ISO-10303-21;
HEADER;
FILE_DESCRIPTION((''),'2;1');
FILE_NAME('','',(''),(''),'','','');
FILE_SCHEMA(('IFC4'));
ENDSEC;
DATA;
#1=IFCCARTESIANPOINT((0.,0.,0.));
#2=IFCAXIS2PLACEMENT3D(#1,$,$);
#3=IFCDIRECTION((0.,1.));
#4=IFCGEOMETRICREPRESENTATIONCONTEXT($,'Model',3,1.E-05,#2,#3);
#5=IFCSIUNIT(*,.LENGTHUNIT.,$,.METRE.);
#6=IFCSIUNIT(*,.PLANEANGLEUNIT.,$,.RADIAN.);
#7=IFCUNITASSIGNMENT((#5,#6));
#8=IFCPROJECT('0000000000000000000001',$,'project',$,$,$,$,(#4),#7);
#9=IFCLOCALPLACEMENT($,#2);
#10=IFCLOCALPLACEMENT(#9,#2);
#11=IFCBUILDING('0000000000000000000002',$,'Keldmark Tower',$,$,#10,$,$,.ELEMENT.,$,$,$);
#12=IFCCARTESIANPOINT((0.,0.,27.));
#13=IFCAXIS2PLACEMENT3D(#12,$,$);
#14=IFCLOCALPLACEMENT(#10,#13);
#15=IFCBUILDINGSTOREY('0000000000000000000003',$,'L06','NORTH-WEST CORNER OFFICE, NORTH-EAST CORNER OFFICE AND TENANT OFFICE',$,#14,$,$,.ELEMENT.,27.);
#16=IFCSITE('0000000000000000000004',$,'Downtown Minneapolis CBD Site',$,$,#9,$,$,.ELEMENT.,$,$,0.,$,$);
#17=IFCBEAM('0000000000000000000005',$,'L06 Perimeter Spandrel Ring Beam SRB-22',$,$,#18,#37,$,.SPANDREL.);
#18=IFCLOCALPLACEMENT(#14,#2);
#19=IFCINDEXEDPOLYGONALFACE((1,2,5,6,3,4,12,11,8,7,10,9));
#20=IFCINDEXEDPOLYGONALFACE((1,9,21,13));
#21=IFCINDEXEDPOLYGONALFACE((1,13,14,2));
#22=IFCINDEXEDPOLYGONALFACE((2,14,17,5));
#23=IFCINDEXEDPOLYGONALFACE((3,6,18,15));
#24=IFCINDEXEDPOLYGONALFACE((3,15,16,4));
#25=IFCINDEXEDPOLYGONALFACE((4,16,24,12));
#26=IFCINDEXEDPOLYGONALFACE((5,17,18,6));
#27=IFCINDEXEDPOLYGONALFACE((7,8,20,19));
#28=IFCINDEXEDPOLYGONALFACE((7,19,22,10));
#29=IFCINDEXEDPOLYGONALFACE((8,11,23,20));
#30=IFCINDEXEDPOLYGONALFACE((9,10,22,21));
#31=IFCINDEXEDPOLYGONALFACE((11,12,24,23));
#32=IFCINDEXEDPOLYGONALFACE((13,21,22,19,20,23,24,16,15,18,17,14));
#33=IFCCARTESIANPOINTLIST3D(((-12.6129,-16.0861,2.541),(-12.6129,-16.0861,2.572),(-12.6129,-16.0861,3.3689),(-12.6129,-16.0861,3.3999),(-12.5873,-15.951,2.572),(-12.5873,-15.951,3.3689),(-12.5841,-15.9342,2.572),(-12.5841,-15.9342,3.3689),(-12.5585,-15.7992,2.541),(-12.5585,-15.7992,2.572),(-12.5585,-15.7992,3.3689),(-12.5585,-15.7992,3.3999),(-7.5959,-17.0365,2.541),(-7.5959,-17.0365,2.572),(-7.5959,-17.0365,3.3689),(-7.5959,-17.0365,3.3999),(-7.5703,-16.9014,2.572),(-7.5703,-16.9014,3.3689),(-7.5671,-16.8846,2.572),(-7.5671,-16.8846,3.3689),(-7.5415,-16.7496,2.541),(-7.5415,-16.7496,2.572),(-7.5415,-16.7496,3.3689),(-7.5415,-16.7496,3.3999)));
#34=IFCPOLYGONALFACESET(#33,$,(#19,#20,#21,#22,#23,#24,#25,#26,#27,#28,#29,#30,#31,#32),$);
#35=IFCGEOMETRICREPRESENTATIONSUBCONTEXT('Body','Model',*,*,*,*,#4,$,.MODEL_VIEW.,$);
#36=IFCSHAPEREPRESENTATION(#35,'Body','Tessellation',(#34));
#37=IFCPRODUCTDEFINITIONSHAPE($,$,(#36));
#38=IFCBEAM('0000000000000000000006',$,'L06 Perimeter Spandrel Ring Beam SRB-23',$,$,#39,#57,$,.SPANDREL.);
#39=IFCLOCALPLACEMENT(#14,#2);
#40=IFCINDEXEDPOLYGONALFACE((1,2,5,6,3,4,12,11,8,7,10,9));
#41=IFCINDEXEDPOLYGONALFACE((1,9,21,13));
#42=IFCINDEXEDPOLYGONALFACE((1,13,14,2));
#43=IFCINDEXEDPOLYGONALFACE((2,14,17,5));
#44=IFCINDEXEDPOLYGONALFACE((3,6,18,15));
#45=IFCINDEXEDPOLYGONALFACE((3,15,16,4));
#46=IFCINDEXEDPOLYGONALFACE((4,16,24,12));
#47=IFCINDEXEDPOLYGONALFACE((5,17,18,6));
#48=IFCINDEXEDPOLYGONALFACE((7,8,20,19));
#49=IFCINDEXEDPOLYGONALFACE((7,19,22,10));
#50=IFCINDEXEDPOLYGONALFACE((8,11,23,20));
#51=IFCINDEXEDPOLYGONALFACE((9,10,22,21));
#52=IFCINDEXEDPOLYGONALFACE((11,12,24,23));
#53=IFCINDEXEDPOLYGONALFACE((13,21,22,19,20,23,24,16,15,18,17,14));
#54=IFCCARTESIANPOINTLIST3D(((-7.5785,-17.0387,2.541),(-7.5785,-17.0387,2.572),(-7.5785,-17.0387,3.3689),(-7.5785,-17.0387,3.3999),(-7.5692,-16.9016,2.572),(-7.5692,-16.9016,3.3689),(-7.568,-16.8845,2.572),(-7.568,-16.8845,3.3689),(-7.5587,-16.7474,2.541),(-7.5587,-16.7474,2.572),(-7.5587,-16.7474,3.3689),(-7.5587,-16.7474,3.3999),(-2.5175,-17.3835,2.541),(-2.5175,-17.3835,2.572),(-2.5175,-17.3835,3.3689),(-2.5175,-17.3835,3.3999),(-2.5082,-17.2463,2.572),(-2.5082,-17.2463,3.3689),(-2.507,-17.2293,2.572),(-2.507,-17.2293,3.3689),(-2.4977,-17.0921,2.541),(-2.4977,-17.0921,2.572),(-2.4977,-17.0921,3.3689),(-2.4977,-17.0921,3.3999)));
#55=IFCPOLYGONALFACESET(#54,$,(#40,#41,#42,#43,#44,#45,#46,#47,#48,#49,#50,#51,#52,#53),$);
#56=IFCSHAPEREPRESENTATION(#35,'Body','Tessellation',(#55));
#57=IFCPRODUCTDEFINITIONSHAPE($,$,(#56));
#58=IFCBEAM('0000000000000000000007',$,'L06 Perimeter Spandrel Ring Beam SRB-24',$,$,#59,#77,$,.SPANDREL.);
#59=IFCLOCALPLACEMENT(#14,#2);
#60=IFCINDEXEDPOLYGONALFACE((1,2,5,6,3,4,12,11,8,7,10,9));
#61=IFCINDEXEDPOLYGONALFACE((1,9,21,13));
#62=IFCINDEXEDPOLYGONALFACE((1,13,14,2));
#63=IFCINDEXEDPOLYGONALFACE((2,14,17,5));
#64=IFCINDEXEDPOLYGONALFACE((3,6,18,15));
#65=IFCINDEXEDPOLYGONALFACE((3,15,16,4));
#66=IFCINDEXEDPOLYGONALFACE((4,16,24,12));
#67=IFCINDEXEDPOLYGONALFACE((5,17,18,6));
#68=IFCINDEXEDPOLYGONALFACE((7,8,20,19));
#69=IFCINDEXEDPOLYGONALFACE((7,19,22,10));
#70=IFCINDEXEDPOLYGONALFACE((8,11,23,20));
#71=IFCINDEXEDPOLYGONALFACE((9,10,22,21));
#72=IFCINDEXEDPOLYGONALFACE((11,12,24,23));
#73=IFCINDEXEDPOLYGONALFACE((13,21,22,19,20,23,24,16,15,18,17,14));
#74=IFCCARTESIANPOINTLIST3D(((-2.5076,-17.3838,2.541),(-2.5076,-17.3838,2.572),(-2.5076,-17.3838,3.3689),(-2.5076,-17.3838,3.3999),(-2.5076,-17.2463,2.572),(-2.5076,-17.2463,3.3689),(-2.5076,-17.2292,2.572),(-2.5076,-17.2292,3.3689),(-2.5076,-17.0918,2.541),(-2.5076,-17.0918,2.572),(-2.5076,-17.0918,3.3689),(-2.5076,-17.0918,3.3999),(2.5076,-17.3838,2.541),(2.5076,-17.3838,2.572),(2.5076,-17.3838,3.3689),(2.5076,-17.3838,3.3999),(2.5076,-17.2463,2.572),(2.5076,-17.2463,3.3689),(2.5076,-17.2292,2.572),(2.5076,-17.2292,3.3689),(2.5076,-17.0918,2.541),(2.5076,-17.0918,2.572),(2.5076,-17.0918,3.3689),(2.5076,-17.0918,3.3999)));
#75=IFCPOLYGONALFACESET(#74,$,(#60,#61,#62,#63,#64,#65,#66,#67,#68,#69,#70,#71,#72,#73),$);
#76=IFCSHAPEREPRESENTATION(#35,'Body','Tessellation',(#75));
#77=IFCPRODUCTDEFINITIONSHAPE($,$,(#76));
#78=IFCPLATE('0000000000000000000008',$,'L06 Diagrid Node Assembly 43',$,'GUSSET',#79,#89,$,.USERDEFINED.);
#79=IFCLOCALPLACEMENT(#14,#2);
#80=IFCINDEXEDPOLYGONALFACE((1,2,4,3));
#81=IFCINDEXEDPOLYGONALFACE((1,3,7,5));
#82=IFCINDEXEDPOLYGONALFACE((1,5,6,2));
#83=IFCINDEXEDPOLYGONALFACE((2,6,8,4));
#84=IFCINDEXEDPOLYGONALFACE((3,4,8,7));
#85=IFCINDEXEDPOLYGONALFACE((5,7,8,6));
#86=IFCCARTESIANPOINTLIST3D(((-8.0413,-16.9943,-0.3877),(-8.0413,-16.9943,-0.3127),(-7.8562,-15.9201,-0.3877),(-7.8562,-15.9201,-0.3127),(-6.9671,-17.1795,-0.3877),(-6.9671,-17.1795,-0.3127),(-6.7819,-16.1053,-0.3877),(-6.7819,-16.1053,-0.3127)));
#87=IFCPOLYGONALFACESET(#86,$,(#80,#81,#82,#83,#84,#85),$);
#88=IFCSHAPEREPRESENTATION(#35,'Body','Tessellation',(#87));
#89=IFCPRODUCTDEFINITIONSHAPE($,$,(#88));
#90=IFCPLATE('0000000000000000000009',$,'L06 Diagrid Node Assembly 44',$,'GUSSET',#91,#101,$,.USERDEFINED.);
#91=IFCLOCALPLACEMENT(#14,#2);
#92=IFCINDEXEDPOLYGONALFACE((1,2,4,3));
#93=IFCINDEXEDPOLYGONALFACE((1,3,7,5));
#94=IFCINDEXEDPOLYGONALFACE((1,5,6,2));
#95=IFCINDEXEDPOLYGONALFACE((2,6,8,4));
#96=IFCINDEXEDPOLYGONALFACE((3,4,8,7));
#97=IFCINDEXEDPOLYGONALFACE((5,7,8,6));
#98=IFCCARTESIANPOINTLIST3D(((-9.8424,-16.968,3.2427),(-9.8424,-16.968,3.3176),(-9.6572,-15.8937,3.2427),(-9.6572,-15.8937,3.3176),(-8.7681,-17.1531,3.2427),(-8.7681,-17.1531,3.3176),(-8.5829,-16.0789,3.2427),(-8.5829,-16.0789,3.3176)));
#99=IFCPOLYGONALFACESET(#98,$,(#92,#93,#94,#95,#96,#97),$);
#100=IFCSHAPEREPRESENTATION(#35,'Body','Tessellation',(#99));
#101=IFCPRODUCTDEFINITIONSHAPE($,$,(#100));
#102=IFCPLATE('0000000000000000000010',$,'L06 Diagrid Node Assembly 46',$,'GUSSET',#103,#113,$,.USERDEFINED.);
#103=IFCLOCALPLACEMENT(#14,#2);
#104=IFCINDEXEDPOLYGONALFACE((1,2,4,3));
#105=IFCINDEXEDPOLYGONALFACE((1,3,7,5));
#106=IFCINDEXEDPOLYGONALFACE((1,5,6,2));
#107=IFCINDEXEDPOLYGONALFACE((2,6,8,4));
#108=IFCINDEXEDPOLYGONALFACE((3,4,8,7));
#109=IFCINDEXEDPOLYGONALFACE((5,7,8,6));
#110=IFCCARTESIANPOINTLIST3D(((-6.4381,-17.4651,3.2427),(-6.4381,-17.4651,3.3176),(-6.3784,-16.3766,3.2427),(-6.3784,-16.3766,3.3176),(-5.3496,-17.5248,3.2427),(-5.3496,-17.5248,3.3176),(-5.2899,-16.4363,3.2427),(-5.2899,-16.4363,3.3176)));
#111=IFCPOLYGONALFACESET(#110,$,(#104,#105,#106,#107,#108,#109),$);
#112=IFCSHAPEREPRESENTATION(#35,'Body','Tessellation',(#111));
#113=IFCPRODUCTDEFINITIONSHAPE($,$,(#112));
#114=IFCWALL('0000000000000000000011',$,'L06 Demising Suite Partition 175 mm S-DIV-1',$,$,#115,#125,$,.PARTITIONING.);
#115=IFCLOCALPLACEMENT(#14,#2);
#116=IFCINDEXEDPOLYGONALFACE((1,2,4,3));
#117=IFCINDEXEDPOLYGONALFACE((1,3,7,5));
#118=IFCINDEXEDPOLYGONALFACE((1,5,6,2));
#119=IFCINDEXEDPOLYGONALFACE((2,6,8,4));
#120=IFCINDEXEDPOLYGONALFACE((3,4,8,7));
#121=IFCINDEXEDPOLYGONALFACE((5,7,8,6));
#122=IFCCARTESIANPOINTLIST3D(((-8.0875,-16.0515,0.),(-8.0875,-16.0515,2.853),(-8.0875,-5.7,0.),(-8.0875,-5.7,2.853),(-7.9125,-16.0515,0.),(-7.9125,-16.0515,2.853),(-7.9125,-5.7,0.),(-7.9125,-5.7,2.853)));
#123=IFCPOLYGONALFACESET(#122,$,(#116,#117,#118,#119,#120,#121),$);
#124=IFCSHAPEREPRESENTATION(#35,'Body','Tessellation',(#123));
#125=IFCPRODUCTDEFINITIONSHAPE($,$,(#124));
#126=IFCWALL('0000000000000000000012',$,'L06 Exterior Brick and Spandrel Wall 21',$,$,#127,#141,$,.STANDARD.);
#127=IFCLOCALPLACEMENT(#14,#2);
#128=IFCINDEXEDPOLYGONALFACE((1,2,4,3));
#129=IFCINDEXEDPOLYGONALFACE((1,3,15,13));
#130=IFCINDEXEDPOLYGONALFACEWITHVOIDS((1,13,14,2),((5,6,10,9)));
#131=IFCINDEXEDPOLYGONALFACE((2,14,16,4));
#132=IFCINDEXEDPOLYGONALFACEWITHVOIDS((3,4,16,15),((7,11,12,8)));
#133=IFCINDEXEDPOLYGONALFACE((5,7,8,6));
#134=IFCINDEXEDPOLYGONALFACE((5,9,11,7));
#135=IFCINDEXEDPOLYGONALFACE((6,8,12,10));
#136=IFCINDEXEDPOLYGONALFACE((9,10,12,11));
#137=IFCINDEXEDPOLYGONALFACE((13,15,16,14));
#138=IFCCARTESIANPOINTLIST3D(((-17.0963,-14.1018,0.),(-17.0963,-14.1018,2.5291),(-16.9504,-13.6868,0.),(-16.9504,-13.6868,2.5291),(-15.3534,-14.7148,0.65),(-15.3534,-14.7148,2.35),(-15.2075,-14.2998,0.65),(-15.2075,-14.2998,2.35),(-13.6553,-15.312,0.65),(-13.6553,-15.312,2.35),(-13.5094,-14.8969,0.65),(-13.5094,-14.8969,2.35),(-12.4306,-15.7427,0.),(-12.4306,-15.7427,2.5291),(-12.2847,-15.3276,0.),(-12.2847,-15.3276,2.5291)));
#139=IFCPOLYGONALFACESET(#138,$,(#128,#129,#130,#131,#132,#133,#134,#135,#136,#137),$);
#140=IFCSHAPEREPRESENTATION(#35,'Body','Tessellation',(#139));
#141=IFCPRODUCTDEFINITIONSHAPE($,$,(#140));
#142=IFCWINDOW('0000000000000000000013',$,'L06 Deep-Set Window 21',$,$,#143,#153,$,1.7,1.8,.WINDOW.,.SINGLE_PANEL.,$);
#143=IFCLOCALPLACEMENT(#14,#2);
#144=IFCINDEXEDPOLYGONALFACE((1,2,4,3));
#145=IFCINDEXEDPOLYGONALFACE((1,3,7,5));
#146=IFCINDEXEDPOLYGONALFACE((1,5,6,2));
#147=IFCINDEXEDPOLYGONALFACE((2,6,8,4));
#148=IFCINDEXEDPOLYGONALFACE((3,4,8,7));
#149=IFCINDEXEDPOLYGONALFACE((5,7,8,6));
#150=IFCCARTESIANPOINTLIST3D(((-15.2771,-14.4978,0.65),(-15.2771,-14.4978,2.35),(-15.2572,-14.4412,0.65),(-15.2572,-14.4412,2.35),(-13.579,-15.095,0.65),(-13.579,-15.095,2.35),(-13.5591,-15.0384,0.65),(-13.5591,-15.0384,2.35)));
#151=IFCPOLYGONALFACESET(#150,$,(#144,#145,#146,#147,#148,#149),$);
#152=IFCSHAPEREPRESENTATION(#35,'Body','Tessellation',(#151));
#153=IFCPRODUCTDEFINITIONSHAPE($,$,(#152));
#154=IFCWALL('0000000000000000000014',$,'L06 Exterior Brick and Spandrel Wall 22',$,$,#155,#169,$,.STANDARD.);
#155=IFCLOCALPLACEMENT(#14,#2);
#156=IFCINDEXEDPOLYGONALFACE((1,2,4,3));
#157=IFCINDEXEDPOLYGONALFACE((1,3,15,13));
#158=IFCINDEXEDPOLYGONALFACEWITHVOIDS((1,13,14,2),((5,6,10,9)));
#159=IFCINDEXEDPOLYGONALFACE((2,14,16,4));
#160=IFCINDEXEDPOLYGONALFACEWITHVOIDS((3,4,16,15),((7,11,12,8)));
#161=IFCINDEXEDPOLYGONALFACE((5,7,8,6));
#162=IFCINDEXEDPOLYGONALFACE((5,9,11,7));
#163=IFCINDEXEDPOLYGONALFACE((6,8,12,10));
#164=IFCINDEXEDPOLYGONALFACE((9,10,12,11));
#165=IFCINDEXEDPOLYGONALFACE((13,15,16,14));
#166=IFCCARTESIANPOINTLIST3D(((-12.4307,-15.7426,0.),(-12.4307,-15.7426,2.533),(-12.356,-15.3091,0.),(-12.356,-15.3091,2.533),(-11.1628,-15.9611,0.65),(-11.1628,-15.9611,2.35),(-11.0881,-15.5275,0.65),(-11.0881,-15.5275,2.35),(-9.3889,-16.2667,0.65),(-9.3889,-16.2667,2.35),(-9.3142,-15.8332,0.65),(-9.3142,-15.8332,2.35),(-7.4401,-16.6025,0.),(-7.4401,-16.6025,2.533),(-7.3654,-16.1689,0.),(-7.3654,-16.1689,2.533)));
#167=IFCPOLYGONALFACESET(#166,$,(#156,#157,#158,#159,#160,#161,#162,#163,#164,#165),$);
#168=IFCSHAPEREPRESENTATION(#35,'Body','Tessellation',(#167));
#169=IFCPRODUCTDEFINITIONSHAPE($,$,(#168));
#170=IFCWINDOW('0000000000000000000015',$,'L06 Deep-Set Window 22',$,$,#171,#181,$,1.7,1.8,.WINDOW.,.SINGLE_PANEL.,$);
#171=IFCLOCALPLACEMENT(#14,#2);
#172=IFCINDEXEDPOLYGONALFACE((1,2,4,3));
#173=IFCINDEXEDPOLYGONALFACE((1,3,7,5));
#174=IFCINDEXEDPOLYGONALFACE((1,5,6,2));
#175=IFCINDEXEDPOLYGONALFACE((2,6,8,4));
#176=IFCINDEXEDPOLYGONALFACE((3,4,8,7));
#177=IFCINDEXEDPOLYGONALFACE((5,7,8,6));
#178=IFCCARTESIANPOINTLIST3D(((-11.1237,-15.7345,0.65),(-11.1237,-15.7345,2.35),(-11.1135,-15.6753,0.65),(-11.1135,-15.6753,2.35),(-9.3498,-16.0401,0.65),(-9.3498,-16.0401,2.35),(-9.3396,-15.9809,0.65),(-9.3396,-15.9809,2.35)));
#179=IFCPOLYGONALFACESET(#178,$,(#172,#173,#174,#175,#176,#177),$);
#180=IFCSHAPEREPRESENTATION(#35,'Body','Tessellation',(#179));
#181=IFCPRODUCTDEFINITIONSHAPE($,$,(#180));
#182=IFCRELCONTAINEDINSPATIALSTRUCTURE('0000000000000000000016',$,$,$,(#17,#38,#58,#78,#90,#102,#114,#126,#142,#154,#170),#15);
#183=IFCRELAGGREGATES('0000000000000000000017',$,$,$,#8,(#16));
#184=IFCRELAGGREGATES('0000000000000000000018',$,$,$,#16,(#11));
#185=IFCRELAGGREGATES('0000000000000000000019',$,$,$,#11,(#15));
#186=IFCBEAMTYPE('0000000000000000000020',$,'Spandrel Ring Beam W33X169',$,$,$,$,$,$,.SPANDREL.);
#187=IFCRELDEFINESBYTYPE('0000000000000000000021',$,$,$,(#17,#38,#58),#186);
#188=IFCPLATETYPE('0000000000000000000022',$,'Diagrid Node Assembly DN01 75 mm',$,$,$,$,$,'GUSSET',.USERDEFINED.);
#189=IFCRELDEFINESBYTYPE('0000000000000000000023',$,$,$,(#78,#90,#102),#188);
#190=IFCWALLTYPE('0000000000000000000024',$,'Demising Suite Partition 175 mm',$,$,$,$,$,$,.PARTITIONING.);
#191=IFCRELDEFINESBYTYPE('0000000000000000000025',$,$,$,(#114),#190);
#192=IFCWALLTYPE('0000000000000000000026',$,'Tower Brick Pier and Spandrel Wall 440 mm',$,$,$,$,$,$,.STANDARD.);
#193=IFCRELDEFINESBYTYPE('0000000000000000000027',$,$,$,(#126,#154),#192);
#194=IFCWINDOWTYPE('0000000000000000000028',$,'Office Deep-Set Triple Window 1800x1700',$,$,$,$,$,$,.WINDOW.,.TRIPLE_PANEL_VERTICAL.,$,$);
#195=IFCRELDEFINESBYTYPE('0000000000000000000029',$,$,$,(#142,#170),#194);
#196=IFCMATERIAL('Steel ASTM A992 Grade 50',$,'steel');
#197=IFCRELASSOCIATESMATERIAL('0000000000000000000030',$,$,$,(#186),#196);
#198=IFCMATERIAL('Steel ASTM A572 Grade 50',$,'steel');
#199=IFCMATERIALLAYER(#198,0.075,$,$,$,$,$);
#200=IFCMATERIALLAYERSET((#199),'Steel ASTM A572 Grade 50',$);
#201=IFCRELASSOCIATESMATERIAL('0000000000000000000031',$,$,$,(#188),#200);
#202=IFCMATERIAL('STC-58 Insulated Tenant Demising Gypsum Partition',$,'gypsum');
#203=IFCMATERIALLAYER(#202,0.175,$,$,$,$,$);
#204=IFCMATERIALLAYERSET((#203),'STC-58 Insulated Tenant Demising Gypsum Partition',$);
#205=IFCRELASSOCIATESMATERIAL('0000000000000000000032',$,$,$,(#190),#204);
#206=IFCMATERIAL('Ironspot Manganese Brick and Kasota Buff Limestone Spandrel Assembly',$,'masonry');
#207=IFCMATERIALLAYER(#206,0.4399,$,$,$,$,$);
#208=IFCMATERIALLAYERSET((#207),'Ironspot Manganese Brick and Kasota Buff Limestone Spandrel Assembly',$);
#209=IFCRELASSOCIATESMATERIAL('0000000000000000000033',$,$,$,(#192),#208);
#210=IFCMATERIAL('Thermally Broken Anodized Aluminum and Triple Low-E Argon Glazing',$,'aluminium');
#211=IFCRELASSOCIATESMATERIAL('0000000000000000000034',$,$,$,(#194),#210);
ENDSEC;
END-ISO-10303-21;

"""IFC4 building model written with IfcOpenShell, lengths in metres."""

from ifc_helpers import new_model, si_unit, direction, frame, frame_2d, origin, origin_2d, place, context, subcontext, project, spatial, rectangle, i_section, extrude, material, layer, layer_set, material_profile, profile_set, type_object, element, fill, save


model = new_model("IFC4")

# Units and contexts
model_context = context("Model", 3, precision=1e-05, world=origin(), true_north=direction((0.0, 1.0)))
body_context = subcontext(model_context, "Body", "Model", "MODEL_VIEW")
ifc_project = project(units=[si_unit("LENGTHUNIT", "METRE"), si_unit("PLANEANGLEUNIT", "RADIAN")], contexts=[model_context])

# Site, building, storey
site_placement = place(None, origin())
site = spatial("IfcSite", under=ifc_project, at=site_placement, Name="Downtown Minneapolis CBD Site", CompositionType="ELEMENT", RefElevation=0.0)
building_placement = place(site_placement, origin())
building = spatial("IfcBuilding", under=site, at=building_placement, Name="Keldmark Tower", CompositionType="ELEMENT")
storey_placement = place(building_placement, frame((0.0, 0.0, 27.0)))
storey = spatial("IfcBuildingStorey", under=building, at=storey_placement, Name="L06", Description="NORTH-WEST CORNER OFFICE, NORTH-EAST CORNER OFFICE AND TENANT OFFICE", CompositionType="ELEMENT", Elevation=27.0)

# Beams
ifc_material_1 = material(Name="Steel ASTM A992 Grade 50", Category="steel")
ifc_material_profile_1 = material_profile(ifc_material_1, i_section(OverallWidth=0.292, OverallDepth=0.8589, WebThickness=0.0171, FlangeThickness=0.031, at=origin_2d()), Name="W33X169")
ifc_profile_set_1 = profile_set([ifc_material_profile_1], Name="Steel ASTM A992 Grade 50")
beam_type_1 = type_object("IfcBeamType", Name="Spandrel Ring Beam W33X169", PredefinedType="SPANDREL", material=ifc_profile_set_1)
beam_1_placement = place(storey_placement, frame((-12.5857, -15.9426, 2.9705), z_axis=(0.982525, -0.18613, 0.0), x_axis=(0.18613, 0.982525, 0.0)))
element("IfcBeam", 1, at=beam_1_placement, inside=storey, type_object=beam_type_1, Name="L06 Perimeter Spandrel Ring Beam SRB-22", PredefinedType="SPANDREL", context=body_context, shape_type="SweptSolid", body=[
    extrude(i_section(OverallWidth=0.292, OverallDepth=0.8589, WebThickness=0.0171, FlangeThickness=0.031, at=origin_2d()), origin(), (0.0, 0.0, 1.0), 5.1062),
])
beam_2_placement = place(storey_placement, frame((-7.5686, -16.8931, 2.9705), z_axis=(0.997688, -0.067956, 0.0), x_axis=(0.067956, 0.997688, 0.0)))
element("IfcBeam", 2, at=beam_2_placement, inside=storey, type_object=beam_type_1, Name="L06 Perimeter Spandrel Ring Beam SRB-23", PredefinedType="SPANDREL", context=body_context, shape_type="SweptSolid", body=[
    extrude(i_section(OverallWidth=0.292, OverallDepth=0.8589, WebThickness=0.0171, FlangeThickness=0.031, at=origin_2d()), origin(), (0.0, 0.0, 1.0), 5.0728),
])
beam_3_placement = place(storey_placement, frame((-2.5076, -17.2378, 2.9705), z_axis=(1.0, 0.0, 0.0), x_axis=(0.0, 1.0, 0.0)))
element("IfcBeam", 3, at=beam_3_placement, inside=storey, type_object=beam_type_1, Name="L06 Perimeter Spandrel Ring Beam SRB-24", PredefinedType="SPANDREL", context=body_context, shape_type="SweptSolid", body=[
    extrude(i_section(OverallWidth=0.292, OverallDepth=0.8589, WebThickness=0.0171, FlangeThickness=0.031, at=origin_2d()), origin(), (0.0, 0.0, 1.0), 5.0151),
])

# Plates
ifc_material_2 = material(Name="Steel ASTM A572 Grade 50", Category="steel")
ifc_layer_1 = layer(ifc_material_2, 0.075)
ifc_layer_set_1 = layer_set([ifc_layer_1], Name="Steel ASTM A572 Grade 50")
plate_type = type_object("IfcPlateType", Name="Diagrid Node Assembly DN01 75 mm", ElementType="GUSSET", PredefinedType="USERDEFINED", material=ifc_layer_set_1)
for number, where, z_axis, x_axis, name in (
    (4, (-7.4116, -16.5498, -0.3877), (0.0, 0.0, 1.0), (0.985467, -0.169866, 0.0), "L06 Diagrid Node Assembly 43"),
    (5, (-9.2126, -16.5234, 3.2427), (0.0, 0.0, 1.0), (0.985467, -0.169866, 0.0), "L06 Diagrid Node Assembly 44"),
    (6, (-5.864, -16.9507, 3.2427), (0.0, 0.0, 1.0), (0.998499, -0.054776, 0.0), "L06 Diagrid Node Assembly 46"),
):
    element("IfcPlate", number, at=place(storey_placement, frame(where, z_axis=z_axis, x_axis=x_axis)), inside=storey, type_object=plate_type, Name=name, ObjectType="GUSSET", PredefinedType="USERDEFINED", context=body_context, shape_type="SweptSolid", body=[
        extrude(rectangle(XDim=1.0901, YDim=1.0901, at=origin_2d()), origin(), (0.0, 0.0, 1.0), 0.075),
    ])

# Wall
ifc_material_3 = material(Name="STC-58 Insulated Tenant Demising Gypsum Partition", Category="gypsum")
ifc_layer_2 = layer(ifc_material_3, 0.175)
ifc_layer_set_2 = layer_set([ifc_layer_2], Name="STC-58 Insulated Tenant Demising Gypsum Partition")
wall_type_1 = type_object("IfcWallType", Name="Demising Suite Partition 175 mm", PredefinedType="PARTITIONING", material=ifc_layer_set_2)
wall_1_placement = place(storey_placement, frame((-8.0, -16.0515, 0.0), z_axis=(0.0, 0.0, 1.0), x_axis=(0.0, 1.0, 0.0)))
element("IfcWall", 7, at=wall_1_placement, inside=storey, type_object=wall_type_1, Name="L06 Demising Suite Partition 175 mm S-DIV-1", PredefinedType="PARTITIONING", context=body_context, shape_type="SweptSolid", body=[
    extrude(rectangle(XDim=10.3516, YDim=0.175, at=frame_2d((5.1758, 0.0))), origin(), (0.0, 0.0, 1.0), 2.853),
])

# Walls, openings, windows
ifc_material_4 = material(Name="Ironspot Manganese Brick and Kasota Buff Limestone Spandrel Assembly", Category="masonry")
ifc_layer_3 = layer(ifc_material_4, 0.4399)
ifc_layer_set_3 = layer_set([ifc_layer_3], Name="Ironspot Manganese Brick and Kasota Buff Limestone Spandrel Assembly")
wall_type_2 = type_object("IfcWallType", Name="Tower Brick Pier and Spandrel Wall 440 mm", PredefinedType="STANDARD", material=ifc_layer_set_3)
wall_2_placement = place(storey_placement, frame((-12.3577, -15.5352, 0.0), z_axis=(0.0, 0.0, 1.0), x_axis=(-0.943362, 0.331764, 0.0)))
wall_2 = element("IfcWall", 8, at=wall_2_placement, inside=storey, type_object=wall_type_2, Name="L06 Exterior Brick and Spandrel Wall 21", PredefinedType="STANDARD", context=body_context, shape_type="SweptSolid", body=[
    extrude(rectangle(XDim=4.9458, YDim=0.4399, at=frame_2d((2.4729, 0.0))), origin(), (0.0, 0.0, 1.0), 2.5291),
])
opening_1_placement = place(wall_2_placement, frame((1.2983, 0.0, 0.6499)))
opening_1 = element("IfcOpeningElement", 9, at=opening_1_placement, cuts=wall_2, PredefinedType="OPENING", context=body_context, shape_type="SweptSolid", body=[
    extrude(rectangle(XDim=1.8, YDim=1.7, at=frame_2d((0.8999, 0.8501))), frame((0.0, 0.23, 0.0), z_axis=(0.0, -1.0, 0.0), x_axis=(1.0, 0.0, 0.0)), (0.0, 0.0, 1.0), 0.46),
])
ifc_material_5 = material(Name="Thermally Broken Anodized Aluminum and Triple Low-E Argon Glazing", Category="aluminium")
window_type = type_object("IfcWindowType", Name="Office Deep-Set Triple Window 1800x1700", PartitioningType="TRIPLE_PANEL_VERTICAL", PredefinedType="WINDOW", material=ifc_material_5)
window_1_placement = place(opening_1_placement, origin())
window_1 = element("IfcWindow", 10, at=window_1_placement, inside=storey, type_object=window_type, Name="L06 Deep-Set Window 21", OverallHeight=1.7, OverallWidth=1.8, PartitioningType="SINGLE_PANEL", PredefinedType="WINDOW", context=body_context, shape_type="SweptSolid", body=[
    extrude(rectangle(XDim=1.8, YDim=1.7, at=frame_2d((0.8999, 0.8501))), frame((0.0, -0.01, 0.0), z_axis=(0.0, -1.0, 0.0), x_axis=(1.0, 0.0, 0.0)), (0.0, 0.0, 1.0), 0.0601),
])
fill(opening_1, window_1)
wall_3_placement = place(storey_placement, frame((-7.4026, -16.3857, 0.0), z_axis=(0.0, 0.0, 1.0), x_axis=(-0.98548, 0.169791, 0.0)))
wall_3 = element("IfcWall", 11, at=wall_3_placement, inside=storey, type_object=wall_type_2, Name="L06 Exterior Brick and Spandrel Wall 22", PredefinedType="STANDARD", context=body_context, shape_type="SweptSolid", body=[
    extrude(rectangle(XDim=5.0642, YDim=0.4399, at=frame_2d((2.5322, 0.0))), origin(), (0.0, 0.0, 1.0), 2.533),
])
opening_2_placement = place(wall_3_placement, frame((1.9778, 0.0, 0.6499)))
opening_2 = element("IfcOpeningElement", 12, at=opening_2_placement, cuts=wall_3, PredefinedType="OPENING", context=body_context, shape_type="SweptSolid", body=[
    extrude(rectangle(XDim=1.8, YDim=1.7, at=frame_2d((0.8999, 0.8501))), frame((0.0, 0.23, 0.0), z_axis=(0.0, -1.0, 0.0), x_axis=(1.0, 0.0, 0.0)), (0.0, 0.0, 1.0), 0.46),
])
window_2_placement = place(opening_2_placement, origin())
window_2 = element("IfcWindow", 13, at=window_2_placement, inside=storey, type_object=window_type, Name="L06 Deep-Set Window 22", OverallHeight=1.7, OverallWidth=1.8, PartitioningType="SINGLE_PANEL", PredefinedType="WINDOW", context=body_context, shape_type="SweptSolid", body=[
    extrude(rectangle(XDim=1.8, YDim=1.7, at=frame_2d((0.8999, 0.8501))), frame((0.0, -0.01, 0.0), z_axis=(0.0, -1.0, 0.0), x_axis=(1.0, 0.0, 0.0)), (0.0, 0.0, 1.0), 0.0601),
])
fill(opening_2, window_2)

save(model, "model.ifc")
